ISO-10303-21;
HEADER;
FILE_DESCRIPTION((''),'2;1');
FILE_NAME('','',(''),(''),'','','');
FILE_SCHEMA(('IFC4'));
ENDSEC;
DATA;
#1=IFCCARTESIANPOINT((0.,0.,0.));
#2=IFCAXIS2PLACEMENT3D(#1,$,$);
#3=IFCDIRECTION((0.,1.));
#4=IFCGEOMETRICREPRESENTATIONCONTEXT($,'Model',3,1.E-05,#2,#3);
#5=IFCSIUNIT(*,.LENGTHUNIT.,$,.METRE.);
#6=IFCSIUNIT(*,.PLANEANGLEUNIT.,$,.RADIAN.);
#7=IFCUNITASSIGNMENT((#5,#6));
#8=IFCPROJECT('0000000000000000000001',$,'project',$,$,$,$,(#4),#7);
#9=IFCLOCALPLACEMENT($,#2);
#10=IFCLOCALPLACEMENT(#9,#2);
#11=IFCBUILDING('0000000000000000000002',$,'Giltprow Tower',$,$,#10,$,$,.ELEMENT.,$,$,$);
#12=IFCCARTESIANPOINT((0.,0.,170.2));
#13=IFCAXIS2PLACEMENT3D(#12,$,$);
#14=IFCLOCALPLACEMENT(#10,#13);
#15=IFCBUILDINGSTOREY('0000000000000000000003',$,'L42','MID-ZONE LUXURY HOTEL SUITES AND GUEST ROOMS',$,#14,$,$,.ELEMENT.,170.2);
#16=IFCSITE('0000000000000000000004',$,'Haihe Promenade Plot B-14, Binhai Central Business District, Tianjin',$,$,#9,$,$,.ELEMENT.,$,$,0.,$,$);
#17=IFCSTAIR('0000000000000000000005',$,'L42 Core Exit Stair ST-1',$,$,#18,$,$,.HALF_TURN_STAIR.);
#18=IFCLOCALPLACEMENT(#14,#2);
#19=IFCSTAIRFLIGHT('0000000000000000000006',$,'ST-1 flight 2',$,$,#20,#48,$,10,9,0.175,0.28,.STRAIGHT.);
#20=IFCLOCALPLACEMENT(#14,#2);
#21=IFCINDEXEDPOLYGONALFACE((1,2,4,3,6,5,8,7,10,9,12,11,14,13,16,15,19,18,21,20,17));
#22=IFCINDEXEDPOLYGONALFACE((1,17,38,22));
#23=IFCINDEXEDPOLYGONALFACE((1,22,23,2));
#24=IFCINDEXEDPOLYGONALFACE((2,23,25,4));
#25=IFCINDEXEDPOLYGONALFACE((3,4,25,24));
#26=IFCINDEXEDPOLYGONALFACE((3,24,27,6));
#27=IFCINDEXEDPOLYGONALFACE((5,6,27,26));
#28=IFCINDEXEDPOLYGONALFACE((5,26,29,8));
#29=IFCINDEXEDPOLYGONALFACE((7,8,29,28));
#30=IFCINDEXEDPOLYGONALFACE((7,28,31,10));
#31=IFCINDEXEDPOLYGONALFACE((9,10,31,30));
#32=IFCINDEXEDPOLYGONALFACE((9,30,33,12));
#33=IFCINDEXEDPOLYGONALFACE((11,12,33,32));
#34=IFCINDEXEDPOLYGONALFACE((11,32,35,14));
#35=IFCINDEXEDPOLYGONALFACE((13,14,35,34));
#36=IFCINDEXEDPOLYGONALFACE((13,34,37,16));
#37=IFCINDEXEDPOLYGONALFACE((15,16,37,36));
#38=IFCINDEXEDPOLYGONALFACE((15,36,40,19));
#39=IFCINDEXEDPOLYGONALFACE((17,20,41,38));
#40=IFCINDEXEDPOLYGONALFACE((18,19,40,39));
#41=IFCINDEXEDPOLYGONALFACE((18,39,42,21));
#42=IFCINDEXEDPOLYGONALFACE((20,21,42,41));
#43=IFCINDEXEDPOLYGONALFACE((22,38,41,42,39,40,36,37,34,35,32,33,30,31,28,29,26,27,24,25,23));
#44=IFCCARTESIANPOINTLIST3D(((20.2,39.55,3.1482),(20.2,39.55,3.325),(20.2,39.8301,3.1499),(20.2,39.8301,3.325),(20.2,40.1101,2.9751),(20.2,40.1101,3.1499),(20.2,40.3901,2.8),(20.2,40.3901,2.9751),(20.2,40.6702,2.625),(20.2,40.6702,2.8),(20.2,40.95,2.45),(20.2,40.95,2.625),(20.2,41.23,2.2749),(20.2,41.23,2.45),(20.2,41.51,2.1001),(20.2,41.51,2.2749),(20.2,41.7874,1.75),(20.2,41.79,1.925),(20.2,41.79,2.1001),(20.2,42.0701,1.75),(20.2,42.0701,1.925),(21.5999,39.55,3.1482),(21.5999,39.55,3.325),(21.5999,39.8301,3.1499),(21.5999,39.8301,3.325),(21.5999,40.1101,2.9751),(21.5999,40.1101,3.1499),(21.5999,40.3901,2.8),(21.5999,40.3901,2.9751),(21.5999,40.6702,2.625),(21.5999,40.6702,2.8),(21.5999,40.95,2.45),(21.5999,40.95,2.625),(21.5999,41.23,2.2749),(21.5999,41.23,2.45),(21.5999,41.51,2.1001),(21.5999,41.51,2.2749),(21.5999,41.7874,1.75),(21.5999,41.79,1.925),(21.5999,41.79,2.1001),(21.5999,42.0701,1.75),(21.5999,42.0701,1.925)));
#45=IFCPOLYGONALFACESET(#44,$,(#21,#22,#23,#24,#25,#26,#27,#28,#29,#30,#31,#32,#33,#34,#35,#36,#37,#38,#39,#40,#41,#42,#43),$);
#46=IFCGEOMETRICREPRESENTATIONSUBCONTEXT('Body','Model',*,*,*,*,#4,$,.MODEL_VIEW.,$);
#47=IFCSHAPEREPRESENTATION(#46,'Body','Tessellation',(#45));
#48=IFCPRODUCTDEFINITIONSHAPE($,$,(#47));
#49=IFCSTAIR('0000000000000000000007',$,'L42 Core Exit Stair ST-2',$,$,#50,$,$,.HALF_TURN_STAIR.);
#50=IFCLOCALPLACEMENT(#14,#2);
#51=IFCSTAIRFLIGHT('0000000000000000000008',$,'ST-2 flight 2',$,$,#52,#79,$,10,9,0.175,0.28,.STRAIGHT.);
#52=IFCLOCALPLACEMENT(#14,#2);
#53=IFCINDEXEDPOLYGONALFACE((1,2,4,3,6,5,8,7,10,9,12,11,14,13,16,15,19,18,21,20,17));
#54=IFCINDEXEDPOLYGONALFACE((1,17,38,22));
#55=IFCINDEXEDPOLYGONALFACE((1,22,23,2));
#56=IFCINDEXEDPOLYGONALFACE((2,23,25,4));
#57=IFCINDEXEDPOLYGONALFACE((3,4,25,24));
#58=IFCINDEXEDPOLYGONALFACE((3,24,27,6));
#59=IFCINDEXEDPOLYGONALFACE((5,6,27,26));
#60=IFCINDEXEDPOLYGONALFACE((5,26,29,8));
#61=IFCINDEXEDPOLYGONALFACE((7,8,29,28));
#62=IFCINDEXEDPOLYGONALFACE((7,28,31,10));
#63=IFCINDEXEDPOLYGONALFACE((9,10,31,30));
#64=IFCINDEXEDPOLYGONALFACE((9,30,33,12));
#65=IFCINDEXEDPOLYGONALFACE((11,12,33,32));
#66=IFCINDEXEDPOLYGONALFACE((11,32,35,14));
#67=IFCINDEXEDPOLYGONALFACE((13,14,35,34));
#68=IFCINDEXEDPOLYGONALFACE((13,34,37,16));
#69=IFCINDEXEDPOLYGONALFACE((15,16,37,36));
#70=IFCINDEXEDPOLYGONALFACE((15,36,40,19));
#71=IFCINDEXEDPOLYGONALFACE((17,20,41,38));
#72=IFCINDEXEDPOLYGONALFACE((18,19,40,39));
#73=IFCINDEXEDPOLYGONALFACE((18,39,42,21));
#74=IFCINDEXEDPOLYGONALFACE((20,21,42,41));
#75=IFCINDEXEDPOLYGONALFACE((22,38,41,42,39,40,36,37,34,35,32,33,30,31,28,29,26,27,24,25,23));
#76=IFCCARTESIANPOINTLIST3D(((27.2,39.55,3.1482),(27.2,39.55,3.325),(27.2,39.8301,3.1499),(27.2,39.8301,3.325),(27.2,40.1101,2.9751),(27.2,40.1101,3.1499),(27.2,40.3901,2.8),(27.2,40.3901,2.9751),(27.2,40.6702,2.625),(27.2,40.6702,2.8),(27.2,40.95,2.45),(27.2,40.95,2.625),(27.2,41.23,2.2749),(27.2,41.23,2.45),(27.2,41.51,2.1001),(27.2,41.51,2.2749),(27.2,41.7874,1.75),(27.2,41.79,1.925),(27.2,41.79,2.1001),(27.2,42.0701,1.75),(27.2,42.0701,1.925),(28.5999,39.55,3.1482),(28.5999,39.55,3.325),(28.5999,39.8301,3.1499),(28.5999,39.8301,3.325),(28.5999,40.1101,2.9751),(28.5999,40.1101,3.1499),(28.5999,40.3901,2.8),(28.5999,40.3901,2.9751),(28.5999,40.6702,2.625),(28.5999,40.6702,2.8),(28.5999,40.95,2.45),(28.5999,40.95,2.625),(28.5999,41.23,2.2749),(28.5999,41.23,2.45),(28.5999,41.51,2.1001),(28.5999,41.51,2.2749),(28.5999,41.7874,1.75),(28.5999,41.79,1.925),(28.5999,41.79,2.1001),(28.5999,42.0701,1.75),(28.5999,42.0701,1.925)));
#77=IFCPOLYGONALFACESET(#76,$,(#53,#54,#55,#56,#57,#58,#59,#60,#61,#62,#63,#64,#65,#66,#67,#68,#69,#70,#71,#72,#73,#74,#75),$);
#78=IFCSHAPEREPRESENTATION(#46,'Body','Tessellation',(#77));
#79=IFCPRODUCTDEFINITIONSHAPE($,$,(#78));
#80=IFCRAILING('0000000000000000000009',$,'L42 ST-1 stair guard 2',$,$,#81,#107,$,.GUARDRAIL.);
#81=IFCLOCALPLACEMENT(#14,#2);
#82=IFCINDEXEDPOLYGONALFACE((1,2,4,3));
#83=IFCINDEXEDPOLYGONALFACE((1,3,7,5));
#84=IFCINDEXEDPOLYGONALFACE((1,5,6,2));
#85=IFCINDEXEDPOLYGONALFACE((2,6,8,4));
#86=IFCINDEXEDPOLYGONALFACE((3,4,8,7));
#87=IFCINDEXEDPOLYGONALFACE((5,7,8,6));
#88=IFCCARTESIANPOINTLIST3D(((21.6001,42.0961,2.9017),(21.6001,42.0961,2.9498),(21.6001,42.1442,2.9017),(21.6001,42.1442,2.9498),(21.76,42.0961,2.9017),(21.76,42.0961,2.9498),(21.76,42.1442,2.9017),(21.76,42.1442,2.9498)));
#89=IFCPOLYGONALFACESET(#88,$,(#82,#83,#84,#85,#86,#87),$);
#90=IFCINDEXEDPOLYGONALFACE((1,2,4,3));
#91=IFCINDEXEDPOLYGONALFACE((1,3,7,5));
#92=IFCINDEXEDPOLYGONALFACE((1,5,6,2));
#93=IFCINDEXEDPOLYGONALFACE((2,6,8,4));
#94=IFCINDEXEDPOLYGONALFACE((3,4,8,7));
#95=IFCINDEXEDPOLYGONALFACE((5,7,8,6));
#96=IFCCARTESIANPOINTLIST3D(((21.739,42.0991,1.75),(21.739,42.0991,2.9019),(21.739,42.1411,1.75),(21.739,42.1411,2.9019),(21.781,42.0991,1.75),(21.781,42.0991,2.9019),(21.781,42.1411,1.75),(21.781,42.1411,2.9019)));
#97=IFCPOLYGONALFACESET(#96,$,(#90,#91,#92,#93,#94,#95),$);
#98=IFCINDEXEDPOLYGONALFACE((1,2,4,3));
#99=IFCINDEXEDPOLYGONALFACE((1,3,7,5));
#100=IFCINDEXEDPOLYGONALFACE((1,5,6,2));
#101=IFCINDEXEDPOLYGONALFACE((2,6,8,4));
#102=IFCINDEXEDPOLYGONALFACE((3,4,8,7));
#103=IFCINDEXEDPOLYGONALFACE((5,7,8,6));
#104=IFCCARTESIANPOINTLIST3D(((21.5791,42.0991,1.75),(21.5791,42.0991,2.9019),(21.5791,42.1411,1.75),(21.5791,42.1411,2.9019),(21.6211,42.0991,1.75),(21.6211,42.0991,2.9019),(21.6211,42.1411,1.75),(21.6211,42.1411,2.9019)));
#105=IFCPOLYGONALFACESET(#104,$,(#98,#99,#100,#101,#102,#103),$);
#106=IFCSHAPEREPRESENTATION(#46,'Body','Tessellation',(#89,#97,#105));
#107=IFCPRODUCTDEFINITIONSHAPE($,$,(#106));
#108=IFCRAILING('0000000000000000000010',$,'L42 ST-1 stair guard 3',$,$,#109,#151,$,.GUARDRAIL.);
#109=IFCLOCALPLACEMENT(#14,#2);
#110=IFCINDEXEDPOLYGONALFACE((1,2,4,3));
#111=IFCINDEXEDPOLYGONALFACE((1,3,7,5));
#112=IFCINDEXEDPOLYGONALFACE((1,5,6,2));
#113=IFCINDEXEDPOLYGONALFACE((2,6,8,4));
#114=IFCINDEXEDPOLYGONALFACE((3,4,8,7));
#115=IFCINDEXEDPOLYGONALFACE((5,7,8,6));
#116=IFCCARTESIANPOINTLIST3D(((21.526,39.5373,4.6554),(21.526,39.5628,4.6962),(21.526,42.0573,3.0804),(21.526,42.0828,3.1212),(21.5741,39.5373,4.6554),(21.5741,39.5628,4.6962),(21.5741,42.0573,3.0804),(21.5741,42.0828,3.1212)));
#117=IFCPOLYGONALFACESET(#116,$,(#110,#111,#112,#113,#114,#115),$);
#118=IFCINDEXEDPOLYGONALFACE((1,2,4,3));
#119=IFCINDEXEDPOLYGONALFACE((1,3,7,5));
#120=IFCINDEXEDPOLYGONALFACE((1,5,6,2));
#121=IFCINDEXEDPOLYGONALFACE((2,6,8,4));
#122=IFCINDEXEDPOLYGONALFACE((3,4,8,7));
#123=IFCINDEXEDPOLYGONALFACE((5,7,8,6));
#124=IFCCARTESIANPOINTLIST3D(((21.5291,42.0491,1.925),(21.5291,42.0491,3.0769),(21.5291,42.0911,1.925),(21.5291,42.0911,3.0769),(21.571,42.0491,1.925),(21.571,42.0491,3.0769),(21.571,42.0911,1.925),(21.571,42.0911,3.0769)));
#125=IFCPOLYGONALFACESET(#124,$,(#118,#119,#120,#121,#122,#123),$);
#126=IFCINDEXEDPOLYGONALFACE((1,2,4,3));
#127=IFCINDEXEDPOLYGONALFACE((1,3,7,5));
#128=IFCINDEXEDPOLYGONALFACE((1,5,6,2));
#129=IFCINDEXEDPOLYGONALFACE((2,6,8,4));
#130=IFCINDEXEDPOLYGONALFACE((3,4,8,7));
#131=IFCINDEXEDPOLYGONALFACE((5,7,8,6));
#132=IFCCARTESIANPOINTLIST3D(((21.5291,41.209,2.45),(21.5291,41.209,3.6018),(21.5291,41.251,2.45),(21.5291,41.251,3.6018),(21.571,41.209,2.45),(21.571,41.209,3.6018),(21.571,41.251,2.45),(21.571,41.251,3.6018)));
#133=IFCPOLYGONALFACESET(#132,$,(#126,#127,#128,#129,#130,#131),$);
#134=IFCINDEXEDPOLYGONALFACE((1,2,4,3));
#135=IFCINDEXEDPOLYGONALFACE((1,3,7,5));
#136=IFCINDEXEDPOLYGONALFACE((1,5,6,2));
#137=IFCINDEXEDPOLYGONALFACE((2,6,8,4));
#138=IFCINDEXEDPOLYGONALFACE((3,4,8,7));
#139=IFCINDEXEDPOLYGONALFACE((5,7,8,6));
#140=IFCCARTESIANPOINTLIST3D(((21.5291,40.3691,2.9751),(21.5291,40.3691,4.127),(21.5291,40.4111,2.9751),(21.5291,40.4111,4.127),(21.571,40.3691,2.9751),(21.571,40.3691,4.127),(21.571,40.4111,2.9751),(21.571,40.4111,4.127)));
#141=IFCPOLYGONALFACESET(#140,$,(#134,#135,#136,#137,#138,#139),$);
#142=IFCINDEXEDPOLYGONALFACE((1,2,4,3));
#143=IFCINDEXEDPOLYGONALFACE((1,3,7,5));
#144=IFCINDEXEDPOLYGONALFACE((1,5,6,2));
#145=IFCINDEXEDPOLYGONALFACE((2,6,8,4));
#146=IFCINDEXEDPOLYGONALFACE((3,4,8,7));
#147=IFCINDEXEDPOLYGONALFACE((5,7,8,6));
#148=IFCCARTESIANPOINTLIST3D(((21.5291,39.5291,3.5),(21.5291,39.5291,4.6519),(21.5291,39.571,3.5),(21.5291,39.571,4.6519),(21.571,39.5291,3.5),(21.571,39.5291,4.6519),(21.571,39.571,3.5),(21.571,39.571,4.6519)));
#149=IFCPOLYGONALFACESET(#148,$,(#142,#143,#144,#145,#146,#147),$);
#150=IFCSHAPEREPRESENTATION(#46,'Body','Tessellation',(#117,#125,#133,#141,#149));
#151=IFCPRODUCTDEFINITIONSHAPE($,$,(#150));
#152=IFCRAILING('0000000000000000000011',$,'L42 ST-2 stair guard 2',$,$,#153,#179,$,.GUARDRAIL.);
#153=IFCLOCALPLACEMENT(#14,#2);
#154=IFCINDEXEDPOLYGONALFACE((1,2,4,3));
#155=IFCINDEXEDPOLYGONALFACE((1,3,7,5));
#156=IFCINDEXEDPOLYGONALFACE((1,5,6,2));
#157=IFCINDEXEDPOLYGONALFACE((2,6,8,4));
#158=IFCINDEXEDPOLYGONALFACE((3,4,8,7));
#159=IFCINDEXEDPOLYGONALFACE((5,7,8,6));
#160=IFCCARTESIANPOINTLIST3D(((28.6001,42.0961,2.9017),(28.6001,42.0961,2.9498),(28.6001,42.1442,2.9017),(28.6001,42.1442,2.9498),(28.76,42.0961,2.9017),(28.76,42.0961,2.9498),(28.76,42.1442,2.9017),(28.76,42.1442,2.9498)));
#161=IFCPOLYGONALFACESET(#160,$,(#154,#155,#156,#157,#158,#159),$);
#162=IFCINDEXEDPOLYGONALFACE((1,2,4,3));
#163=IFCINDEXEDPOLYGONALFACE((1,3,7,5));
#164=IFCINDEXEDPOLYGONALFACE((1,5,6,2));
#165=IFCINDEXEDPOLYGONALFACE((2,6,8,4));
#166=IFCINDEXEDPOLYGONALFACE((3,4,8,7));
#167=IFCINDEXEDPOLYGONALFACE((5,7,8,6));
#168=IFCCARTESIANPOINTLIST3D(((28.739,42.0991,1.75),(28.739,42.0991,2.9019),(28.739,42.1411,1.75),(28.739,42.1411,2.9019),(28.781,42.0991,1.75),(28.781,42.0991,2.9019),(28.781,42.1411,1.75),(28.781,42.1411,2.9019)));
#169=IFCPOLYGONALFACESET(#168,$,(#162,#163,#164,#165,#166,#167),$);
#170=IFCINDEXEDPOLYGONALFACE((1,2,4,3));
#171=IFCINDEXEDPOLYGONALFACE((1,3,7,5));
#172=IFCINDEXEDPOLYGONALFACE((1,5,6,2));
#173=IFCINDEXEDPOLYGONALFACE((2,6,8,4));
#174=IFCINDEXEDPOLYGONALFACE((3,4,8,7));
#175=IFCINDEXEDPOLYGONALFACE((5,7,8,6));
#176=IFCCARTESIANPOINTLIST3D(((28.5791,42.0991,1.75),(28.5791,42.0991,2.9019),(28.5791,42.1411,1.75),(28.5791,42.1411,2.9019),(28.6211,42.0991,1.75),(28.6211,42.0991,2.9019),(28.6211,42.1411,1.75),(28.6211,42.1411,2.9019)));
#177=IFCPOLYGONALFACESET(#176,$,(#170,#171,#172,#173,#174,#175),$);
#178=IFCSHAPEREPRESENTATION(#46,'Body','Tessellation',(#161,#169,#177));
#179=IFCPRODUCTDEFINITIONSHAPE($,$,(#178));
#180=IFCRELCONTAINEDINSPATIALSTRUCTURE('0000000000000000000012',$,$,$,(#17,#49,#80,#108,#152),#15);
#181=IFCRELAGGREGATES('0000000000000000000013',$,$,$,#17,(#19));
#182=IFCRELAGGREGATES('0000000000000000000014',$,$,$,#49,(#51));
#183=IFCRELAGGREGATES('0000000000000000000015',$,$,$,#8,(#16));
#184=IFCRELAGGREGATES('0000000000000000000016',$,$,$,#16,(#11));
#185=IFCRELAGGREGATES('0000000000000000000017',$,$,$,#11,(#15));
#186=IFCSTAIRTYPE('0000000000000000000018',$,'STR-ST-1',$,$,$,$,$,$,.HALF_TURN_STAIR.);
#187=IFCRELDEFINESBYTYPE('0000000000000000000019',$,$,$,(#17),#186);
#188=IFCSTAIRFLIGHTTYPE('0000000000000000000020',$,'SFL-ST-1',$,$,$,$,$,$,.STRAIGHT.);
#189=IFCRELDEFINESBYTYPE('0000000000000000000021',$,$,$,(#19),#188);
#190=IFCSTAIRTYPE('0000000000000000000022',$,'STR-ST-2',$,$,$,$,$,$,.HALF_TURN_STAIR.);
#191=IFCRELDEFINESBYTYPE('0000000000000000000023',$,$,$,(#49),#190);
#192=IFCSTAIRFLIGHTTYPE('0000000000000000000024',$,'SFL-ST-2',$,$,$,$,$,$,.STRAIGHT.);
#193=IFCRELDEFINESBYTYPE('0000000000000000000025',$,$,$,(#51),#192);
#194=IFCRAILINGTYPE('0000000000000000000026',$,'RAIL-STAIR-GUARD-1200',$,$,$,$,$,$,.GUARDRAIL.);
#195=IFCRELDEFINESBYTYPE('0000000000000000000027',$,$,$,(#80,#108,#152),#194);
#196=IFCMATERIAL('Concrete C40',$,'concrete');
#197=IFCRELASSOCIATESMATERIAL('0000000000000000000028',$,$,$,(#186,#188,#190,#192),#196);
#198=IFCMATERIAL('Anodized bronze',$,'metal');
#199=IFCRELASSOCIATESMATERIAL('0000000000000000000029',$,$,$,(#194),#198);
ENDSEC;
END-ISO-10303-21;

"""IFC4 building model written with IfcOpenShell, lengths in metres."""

from ifc_helpers import new_model, si_unit, direction, frame, origin, origin_2d, place, context, subcontext, project, spatial, polyline, rectangle, outline, extrude, material, type_object, element, aggregate, save


model = new_model("IFC4")

# Units and contexts
model_context = context("Model", 3, precision=1e-05, world=origin(), true_north=direction((0.0, 1.0)))
body_context = subcontext(model_context, "Body", "Model", "MODEL_VIEW")
ifc_project = project(units=[si_unit("LENGTHUNIT", "METRE"), si_unit("PLANEANGLEUNIT", "RADIAN")], contexts=[model_context])

# Site, building, storey
site_placement = place(None, origin())
site = spatial("IfcSite", under=ifc_project, at=site_placement, Name="Haihe Promenade Plot B-14, Binhai Central Business District, Tianjin", CompositionType="ELEMENT", RefElevation=0.0)
building_placement = place(site_placement, origin())
building = spatial("IfcBuilding", under=site, at=building_placement, Name="Giltprow Tower", CompositionType="ELEMENT")
storey_placement = place(building_placement, frame((0.0, 0.0, 170.2)))
storey = spatial("IfcBuildingStorey", under=building, at=storey_placement, Name="L42", Description="MID-ZONE LUXURY HOTEL SUITES AND GUEST ROOMS", CompositionType="ELEMENT", Elevation=170.2)

# Shared definitions
ifc_material_1 = material(Name="Concrete C40", Category="concrete")

# Stairs, stair flights
stair_type_1 = type_object("IfcStairType", Name="STR-ST-1", PredefinedType="HALF_TURN_STAIR", material=ifc_material_1)
stair_1_placement = place(storey_placement, origin())
stair_1 = element("IfcStair", 1, at=stair_1_placement, inside=storey, type_object=stair_type_1, Name="L42 Core Exit Stair ST-1", PredefinedType="HALF_TURN_STAIR")
stair_flight_type_1 = type_object("IfcStairFlightType", Name="SFL-ST-1", PredefinedType="STRAIGHT", material=ifc_material_1)
stair_flight_1_placement = place(storey_placement, frame((20.8999, 42.0701, 1.75), z_axis=(0.0, 0.0, 1.0), x_axis=(0.0, -1.0, 0.0)))
stair_flight_1 = element("IfcStairFlight", 2, at=stair_flight_1_placement, type_object=stair_flight_type_1, Name="ST-1 flight 2", NumberOfRisers=10, NumberOfTreads=9, PredefinedType="STRAIGHT", RiserHeight=0.175, TreadLength=0.28, context=body_context, shape_type="SweptSolid", body=[
    extrude(outline(polyline([(0.0, 0.0), (0.0, 0.175), (0.28, 0.175), (0.28, 0.3501), (0.5601, 0.3501), (0.5601, 0.5249), (0.8401, 0.5249), (0.8401, 0.7), (1.1201, 0.7), (1.1201, 0.875), (1.3999, 0.875), (1.3999, 1.05), (1.6799, 1.05), (1.6799, 1.2251), (1.96, 1.2251), (1.96, 1.3999), (2.24, 1.3999), (2.24, 1.575), (2.52, 1.575), (2.52, 1.75), (2.52, 1.3982), (0.2827, 0.0), (0.0, 0.0)])), frame((0.0, 0.7, 0.0), z_axis=(0.0, -1.0, 0.0), x_axis=(1.0, 0.0, 0.0)), (0.0, 0.0, 1.0), 1.3999),
])
aggregate(stair_1, [stair_flight_1])
stair_type_2 = type_object("IfcStairType", Name="STR-ST-2", PredefinedType="HALF_TURN_STAIR", material=ifc_material_1)
stair_2_placement = place(storey_placement, origin())
stair_2 = element("IfcStair", 3, at=stair_2_placement, inside=storey, type_object=stair_type_2, Name="L42 Core Exit Stair ST-2", PredefinedType="HALF_TURN_STAIR")
stair_flight_type_2 = type_object("IfcStairFlightType", Name="SFL-ST-2", PredefinedType="STRAIGHT", material=ifc_material_1)
stair_flight_2_placement = place(storey_placement, frame((27.8999, 42.0701, 1.75), z_axis=(0.0, 0.0, 1.0), x_axis=(0.0, -1.0, 0.0)))
stair_flight_2 = element("IfcStairFlight", 4, at=stair_flight_2_placement, type_object=stair_flight_type_2, Name="ST-2 flight 2", NumberOfRisers=10, NumberOfTreads=9, PredefinedType="STRAIGHT", RiserHeight=0.175, TreadLength=0.28, context=body_context, shape_type="SweptSolid", body=[
    extrude(outline(polyline([(0.0, 0.0), (0.0, 0.175), (0.28, 0.175), (0.28, 0.3501), (0.5601, 0.3501), (0.5601, 0.5249), (0.8401, 0.5249), (0.8401, 0.7), (1.1201, 0.7), (1.1201, 0.875), (1.3999, 0.875), (1.3999, 1.05), (1.6799, 1.05), (1.6799, 1.2251), (1.96, 1.2251), (1.96, 1.3999), (2.24, 1.3999), (2.24, 1.575), (2.52, 1.575), (2.52, 1.75), (2.52, 1.3982), (0.2827, 0.0), (0.0, 0.0)])), frame((0.0, 0.7, 0.0), z_axis=(0.0, -1.0, 0.0), x_axis=(1.0, 0.0, 0.0)), (0.0, 0.0, 1.0), 1.3999),
])
aggregate(stair_2, [stair_flight_2])

# Railings
ifc_material_2 = material(Name="Anodized bronze", Category="metal")
railing_type_1 = type_object("IfcRailingType", Name="RAIL-STAIR-GUARD-1200", PredefinedType="GUARDRAIL", material=ifc_material_2)
railing_1_placement = place(storey_placement, frame((21.76, 42.1201, 1.75)))
element("IfcRailing", 5, at=railing_1_placement, inside=storey, type_object=railing_type_1, Name="L42 ST-1 stair guard 2", PredefinedType="GUARDRAIL", context=body_context, shape_type="SweptSolid", body=[
    extrude(rectangle(XDim=0.0481, YDim=0.0481, at=origin_2d()), frame((0.0, 0.0, 1.1758), z_axis=(-1.0, 0.0, 0.0), x_axis=(0.0, -1.0, 0.0)), (0.0, 0.0, 1.0), 0.1599),
    extrude(rectangle(XDim=0.042, YDim=0.042, at=origin_2d()), origin(), (0.0, 0.0, 1.0), 1.1519),
    extrude(rectangle(XDim=0.042, YDim=0.042, at=origin_2d()), frame((-0.1599, 0.0, 0.0)), (0.0, 0.0, 1.0), 1.1519),
])
railing_2_placement = place(storey_placement, frame((21.55, 42.0701, 1.925)))
element("IfcRailing", 6, at=railing_2_placement, inside=storey, type_object=railing_type_1, Name="L42 ST-1 stair guard 3", PredefinedType="GUARDRAIL", context=body_context, shape_type="SweptSolid", body=[
    extrude(rectangle(XDim=0.0481, YDim=0.0481, at=origin_2d()), frame((0.0, 0.0, 1.1758), z_axis=(0.0, -0.848008, 0.529984), x_axis=(1.0, 0.0, 0.0)), (0.0, 0.0, 1.0), 2.9717),
    extrude(rectangle(XDim=0.042, YDim=0.042, at=origin_2d()), origin(), (0.0, 0.0, 1.0), 1.1519),
    extrude(rectangle(XDim=0.042, YDim=0.042, at=origin_2d()), frame((0.0, -0.8401, 0.5249)), (0.0, 0.0, 1.0), 1.1519),
    extrude(rectangle(XDim=0.042, YDim=0.042, at=origin_2d()), frame((0.0, -1.6799, 1.05)), (0.0, 0.0, 1.0), 1.1519),
    extrude(rectangle(XDim=0.042, YDim=0.042, at=origin_2d()), frame((0.0, -2.52, 1.575)), (0.0, 0.0, 1.0), 1.1519),
])
railing_3_placement = place(storey_placement, frame((28.76, 42.1201, 1.75)))
element("IfcRailing", 7, at=railing_3_placement, inside=storey, type_object=railing_type_1, Name="L42 ST-2 stair guard 2", PredefinedType="GUARDRAIL", context=body_context, shape_type="SweptSolid", body=[
    extrude(rectangle(XDim=0.0481, YDim=0.0481, at=origin_2d()), frame((0.0, 0.0, 1.1758), z_axis=(-1.0, 0.0, 0.0), x_axis=(0.0, -1.0, 0.0)), (0.0, 0.0, 1.0), 0.1599),
    extrude(rectangle(XDim=0.042, YDim=0.042, at=origin_2d()), origin(), (0.0, 0.0, 1.0), 1.1519),
    extrude(rectangle(XDim=0.042, YDim=0.042, at=origin_2d()), frame((-0.1599, 0.0, 0.0)), (0.0, 0.0, 1.0), 1.1519),
])

save(model, "model.ifc")
